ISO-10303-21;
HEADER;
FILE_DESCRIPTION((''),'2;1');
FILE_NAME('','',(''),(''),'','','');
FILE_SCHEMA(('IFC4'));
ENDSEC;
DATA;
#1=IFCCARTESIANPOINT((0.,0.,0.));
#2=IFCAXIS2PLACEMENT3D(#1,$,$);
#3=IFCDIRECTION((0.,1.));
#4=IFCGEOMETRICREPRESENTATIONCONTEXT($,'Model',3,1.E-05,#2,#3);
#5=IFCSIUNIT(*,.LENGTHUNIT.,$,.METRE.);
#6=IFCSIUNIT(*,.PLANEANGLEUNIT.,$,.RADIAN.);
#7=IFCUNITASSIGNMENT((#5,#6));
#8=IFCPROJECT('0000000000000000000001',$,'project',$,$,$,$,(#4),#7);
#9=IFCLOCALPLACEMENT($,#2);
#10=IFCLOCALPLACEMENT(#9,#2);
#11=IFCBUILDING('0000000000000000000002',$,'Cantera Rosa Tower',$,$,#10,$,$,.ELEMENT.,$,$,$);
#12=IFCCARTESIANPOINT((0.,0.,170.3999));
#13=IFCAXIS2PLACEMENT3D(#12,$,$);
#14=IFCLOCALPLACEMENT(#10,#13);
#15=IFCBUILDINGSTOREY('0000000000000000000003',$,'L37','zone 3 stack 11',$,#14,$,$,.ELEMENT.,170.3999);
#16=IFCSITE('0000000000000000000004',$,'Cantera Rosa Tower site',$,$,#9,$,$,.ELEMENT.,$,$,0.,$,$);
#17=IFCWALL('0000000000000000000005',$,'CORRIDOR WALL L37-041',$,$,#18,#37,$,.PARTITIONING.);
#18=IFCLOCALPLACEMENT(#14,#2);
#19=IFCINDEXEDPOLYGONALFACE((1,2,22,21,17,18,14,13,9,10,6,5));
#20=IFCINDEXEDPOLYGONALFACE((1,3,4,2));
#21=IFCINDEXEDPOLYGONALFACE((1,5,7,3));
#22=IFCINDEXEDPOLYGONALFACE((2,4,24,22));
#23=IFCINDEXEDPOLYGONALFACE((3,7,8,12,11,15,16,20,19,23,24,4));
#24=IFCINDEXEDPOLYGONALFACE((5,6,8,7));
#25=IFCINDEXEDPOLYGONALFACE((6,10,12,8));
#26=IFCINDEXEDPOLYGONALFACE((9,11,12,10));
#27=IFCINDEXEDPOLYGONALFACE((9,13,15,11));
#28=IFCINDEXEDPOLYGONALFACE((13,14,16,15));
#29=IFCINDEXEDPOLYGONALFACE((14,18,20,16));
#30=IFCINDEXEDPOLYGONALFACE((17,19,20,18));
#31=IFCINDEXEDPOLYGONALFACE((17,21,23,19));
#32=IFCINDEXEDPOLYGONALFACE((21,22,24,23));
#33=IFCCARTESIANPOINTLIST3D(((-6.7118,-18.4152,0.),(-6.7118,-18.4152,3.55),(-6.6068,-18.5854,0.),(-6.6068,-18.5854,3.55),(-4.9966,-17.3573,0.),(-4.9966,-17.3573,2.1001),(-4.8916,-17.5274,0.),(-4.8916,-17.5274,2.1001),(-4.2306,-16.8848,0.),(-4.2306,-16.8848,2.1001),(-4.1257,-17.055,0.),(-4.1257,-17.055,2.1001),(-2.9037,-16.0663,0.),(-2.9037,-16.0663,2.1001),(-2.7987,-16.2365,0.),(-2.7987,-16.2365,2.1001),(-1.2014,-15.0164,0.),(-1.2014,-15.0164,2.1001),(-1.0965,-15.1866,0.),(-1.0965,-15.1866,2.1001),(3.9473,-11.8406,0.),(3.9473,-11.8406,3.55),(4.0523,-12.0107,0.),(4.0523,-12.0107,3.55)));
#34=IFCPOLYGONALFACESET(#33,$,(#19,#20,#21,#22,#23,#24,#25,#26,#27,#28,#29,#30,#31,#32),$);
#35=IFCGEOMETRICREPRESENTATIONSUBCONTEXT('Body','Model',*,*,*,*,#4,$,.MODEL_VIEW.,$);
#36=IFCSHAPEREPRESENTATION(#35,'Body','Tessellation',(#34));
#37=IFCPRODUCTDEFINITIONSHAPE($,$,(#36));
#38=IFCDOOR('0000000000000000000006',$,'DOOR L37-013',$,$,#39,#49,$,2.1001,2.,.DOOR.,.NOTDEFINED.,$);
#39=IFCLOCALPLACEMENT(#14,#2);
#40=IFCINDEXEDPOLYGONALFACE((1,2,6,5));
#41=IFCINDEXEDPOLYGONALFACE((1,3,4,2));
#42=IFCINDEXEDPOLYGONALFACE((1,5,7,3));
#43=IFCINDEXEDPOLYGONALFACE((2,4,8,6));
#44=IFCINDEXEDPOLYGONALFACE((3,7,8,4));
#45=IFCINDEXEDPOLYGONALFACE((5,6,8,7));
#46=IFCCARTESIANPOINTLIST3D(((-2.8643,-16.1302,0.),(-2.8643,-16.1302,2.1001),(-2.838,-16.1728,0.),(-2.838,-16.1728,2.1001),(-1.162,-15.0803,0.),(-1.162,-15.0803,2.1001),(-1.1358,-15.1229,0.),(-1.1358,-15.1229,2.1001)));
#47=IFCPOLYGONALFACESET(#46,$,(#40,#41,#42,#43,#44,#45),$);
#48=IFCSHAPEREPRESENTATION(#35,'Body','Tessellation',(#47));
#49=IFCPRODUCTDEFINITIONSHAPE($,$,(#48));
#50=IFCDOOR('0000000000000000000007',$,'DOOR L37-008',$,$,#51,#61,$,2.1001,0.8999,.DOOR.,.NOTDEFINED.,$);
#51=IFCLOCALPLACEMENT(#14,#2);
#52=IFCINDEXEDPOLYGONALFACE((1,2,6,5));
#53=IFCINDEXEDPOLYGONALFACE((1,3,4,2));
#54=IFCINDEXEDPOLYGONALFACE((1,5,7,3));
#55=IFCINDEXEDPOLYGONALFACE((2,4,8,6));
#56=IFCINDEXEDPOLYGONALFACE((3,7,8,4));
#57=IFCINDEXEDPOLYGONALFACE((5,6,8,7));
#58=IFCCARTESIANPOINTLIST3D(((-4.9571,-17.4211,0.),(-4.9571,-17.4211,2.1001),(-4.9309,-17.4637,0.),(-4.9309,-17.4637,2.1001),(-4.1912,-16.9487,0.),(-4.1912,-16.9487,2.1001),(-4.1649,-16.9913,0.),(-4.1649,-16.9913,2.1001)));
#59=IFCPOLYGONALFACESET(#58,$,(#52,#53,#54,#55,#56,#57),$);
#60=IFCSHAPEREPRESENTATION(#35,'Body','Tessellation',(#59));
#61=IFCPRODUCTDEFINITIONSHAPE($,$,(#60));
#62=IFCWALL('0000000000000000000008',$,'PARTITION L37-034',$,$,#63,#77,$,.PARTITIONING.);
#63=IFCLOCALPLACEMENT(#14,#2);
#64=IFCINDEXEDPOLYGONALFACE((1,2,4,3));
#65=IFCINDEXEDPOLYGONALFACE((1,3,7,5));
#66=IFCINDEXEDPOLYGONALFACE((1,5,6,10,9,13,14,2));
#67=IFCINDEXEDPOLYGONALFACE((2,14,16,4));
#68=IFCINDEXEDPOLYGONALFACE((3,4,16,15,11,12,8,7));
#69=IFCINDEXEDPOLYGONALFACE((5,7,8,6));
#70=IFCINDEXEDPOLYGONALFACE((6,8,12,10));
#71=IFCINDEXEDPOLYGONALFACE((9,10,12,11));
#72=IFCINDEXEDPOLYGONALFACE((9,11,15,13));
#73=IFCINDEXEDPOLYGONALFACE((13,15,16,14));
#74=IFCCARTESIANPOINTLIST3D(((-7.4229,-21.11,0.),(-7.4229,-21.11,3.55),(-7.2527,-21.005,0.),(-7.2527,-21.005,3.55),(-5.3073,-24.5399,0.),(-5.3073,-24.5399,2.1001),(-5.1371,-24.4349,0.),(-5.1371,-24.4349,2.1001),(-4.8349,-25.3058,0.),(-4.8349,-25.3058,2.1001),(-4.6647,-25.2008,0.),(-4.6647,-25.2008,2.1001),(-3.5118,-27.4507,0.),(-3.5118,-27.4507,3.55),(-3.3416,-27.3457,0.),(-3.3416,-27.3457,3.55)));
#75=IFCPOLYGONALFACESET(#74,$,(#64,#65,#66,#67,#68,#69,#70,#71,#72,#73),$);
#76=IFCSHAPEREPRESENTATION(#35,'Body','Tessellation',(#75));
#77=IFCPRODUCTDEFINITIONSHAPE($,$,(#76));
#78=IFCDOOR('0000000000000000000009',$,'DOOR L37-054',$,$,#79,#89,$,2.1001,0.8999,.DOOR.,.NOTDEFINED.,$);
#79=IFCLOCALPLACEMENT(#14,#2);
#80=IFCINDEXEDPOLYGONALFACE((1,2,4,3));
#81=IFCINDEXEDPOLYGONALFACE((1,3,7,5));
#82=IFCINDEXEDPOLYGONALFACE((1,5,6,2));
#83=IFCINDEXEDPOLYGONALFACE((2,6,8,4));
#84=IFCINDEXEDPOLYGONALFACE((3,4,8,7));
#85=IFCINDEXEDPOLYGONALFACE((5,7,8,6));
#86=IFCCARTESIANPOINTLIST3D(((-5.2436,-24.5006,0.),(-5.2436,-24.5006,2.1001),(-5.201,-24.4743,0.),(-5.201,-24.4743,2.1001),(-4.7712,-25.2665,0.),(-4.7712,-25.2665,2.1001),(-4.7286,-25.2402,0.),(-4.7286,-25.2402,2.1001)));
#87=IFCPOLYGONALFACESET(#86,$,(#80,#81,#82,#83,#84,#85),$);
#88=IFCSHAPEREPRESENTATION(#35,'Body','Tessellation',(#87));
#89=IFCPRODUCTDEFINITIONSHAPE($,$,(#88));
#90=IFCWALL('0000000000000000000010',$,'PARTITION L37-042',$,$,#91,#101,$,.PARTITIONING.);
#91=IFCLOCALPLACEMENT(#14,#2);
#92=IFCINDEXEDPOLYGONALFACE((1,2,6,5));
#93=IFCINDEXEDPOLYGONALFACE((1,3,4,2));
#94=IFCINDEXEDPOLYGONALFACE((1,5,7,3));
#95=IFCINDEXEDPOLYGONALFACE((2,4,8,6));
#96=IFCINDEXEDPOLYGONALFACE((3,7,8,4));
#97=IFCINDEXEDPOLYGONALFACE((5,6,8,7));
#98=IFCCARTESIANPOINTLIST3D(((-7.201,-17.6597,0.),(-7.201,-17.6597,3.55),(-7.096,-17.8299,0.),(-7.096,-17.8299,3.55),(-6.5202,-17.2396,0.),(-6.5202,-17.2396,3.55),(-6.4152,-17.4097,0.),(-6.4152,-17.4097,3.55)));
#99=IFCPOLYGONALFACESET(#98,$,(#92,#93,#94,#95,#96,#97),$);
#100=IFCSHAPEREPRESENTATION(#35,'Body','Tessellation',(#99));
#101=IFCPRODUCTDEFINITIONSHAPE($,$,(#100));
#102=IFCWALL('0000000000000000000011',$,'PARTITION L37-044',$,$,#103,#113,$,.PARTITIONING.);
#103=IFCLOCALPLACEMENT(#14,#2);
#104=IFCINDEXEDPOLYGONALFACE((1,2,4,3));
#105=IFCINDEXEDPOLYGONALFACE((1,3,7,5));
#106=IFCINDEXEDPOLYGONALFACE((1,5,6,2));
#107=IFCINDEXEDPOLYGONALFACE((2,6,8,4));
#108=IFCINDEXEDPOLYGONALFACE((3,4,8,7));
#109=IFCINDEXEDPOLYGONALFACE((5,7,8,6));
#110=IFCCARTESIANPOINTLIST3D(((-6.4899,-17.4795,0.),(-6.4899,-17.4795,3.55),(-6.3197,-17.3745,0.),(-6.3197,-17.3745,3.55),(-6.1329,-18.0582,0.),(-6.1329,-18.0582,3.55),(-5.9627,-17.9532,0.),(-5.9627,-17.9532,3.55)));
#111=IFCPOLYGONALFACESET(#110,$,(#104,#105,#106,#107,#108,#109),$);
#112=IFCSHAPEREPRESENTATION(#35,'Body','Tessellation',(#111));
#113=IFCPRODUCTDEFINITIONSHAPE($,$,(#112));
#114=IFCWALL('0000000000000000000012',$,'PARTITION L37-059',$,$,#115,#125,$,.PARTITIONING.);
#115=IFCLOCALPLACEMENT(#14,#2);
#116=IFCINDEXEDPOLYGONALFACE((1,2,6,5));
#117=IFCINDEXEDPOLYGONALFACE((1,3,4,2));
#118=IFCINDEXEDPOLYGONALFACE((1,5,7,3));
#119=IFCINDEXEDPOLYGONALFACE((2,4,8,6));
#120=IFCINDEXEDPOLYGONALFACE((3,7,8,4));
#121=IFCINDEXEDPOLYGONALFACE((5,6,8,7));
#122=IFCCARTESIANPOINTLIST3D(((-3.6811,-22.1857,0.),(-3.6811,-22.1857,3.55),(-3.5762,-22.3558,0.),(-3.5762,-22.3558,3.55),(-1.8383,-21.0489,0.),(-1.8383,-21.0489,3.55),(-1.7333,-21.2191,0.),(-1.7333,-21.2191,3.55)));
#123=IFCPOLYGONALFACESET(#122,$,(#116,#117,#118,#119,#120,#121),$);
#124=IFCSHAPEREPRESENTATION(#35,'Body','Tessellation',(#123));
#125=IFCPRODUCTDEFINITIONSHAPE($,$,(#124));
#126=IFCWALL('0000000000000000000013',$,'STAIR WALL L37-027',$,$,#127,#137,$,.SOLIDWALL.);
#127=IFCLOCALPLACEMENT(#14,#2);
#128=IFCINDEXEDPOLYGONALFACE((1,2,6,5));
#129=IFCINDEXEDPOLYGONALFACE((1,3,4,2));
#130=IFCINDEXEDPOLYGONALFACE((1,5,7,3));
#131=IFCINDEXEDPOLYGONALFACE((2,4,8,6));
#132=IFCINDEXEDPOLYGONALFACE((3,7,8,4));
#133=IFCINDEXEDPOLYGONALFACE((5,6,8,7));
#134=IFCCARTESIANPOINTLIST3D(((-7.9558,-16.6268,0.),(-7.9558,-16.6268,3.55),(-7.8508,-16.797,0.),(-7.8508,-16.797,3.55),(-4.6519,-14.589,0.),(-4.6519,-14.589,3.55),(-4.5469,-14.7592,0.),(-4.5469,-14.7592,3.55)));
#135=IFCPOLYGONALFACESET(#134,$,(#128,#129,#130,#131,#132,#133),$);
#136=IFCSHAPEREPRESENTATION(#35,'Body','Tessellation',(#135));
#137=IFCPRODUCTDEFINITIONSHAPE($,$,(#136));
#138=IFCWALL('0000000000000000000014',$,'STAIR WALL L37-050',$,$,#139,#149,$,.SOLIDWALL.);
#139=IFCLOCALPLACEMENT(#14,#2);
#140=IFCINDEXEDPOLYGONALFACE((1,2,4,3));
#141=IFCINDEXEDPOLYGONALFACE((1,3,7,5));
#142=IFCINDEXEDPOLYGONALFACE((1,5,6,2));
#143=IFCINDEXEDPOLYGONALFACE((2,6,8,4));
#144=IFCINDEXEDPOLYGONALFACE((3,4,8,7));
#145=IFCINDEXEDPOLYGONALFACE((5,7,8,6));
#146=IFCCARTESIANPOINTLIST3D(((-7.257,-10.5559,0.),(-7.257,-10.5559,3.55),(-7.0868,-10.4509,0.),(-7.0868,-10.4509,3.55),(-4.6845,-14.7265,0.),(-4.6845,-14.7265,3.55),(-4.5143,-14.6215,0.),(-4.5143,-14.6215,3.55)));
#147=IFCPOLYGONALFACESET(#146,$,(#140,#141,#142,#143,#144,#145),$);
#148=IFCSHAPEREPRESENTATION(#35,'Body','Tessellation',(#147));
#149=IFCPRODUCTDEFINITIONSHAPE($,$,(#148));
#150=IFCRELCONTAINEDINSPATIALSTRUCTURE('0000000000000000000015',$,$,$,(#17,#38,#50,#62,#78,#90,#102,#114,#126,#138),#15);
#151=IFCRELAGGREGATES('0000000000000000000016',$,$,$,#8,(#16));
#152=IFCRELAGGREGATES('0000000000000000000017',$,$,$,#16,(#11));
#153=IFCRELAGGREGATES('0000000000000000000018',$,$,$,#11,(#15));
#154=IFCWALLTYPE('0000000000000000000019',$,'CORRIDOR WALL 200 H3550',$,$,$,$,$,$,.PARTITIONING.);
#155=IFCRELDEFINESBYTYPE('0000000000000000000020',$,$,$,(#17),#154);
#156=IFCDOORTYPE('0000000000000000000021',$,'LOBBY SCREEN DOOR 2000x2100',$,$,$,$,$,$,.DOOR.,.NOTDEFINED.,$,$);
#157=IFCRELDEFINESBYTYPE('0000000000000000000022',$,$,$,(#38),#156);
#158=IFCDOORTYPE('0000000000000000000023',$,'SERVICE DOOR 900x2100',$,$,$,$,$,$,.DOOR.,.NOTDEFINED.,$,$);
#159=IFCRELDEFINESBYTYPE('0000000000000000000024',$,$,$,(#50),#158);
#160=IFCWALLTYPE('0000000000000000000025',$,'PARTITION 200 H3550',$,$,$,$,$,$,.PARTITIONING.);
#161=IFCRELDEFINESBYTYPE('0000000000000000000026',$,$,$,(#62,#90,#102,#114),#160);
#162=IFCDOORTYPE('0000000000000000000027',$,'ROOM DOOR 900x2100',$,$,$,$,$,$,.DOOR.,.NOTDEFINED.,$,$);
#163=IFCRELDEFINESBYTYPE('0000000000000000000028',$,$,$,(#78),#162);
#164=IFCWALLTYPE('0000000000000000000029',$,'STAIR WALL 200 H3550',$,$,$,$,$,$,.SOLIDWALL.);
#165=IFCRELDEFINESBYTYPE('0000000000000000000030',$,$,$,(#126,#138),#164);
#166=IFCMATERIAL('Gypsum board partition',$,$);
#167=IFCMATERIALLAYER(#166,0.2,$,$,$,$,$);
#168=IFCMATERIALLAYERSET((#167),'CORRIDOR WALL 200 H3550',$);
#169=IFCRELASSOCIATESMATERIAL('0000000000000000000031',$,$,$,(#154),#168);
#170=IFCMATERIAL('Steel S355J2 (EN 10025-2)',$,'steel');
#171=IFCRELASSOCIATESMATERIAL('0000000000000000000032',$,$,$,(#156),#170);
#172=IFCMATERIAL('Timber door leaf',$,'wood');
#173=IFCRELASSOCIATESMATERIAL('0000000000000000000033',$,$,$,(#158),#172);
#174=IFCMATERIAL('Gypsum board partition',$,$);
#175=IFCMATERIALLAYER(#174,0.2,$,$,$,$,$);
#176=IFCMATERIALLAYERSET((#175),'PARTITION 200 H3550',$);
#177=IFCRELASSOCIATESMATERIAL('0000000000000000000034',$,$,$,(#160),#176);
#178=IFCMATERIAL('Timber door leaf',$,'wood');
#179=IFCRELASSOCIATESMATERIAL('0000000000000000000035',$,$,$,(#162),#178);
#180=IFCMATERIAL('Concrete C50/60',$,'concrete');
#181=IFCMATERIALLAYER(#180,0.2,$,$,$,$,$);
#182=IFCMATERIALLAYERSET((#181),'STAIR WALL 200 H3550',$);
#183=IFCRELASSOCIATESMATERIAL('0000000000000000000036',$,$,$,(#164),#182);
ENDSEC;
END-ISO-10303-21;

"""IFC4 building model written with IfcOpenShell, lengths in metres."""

from ifc_helpers import new_model, si_unit, direction, frame, frame_2d, origin, place, context, subcontext, project, spatial, rectangle, extrude, material, layer, layer_set, type_object, element, fill, save


model = new_model("IFC4")

# Units and contexts
model_context = context("Model", 3, precision=1e-05, world=origin(), true_north=direction((0.0, 1.0)))
body_context = subcontext(model_context, "Body", "Model", "MODEL_VIEW")
ifc_project = project(units=[si_unit("LENGTHUNIT", "METRE"), si_unit("PLANEANGLEUNIT", "RADIAN")], contexts=[model_context])

# Site, building, storey
site_placement = place(None, origin())
site = spatial("IfcSite", under=ifc_project, at=site_placement, Name="Cantera Rosa Tower site", CompositionType="ELEMENT", RefElevation=0.0)
building_placement = place(site_placement, origin())
building = spatial("IfcBuilding", under=site, at=building_placement, Name="Cantera Rosa Tower", CompositionType="ELEMENT")
storey_placement = place(building_placement, frame((0.0, 0.0, 170.3999)))
storey = spatial("IfcBuildingStorey", under=building, at=storey_placement, Name="L37", Description="zone 3 stack 11", CompositionType="ELEMENT", Elevation=170.3999)

# Shared definitions
ifc_material_1 = material(Name="Gypsum board partition")
ifc_layer_1 = layer(ifc_material_1, 0.2)
ifc_layer_set_1 = layer_set([ifc_layer_1], Name="CORRIDOR WALL 200 H3550")
wall_type_1 = type_object("IfcWallType", Name="CORRIDOR WALL 200 H3550", PredefinedType="PARTITIONING", material=ifc_layer_set_1)

# Wall, openings, doors
wall_1_placement = place(storey_placement, frame((-6.6592, -18.5002, 0.0), z_axis=(0.0, 0.0, 1.0), x_axis=(0.851116, 0.524978, 0.0)))
wall_1 = element("IfcWall", 1, at=wall_1_placement, inside=storey, type_object=wall_type_1, Name="CORRIDOR WALL L37-041", PredefinedType="PARTITIONING", context=body_context, shape_type="SweptSolid", body=[
    extrude(rectangle(XDim=12.5237, YDim=0.2, at=frame_2d((6.2617, 0.0))), origin(), (0.0, 0.0, 1.0), 3.55),
])
opening_1_placement = place(wall_1_placement, frame((2.0151, 0.0, 0.0)))
opening_1 = element("IfcOpeningElement", 2, at=opening_1_placement, cuts=wall_1, PredefinedType="OPENING", context=body_context, shape_type="SweptSolid", body=[
    extrude(rectangle(XDim=0.8999, YDim=2.1001, at=frame_2d((0.45, 1.05))), frame((0.0, 0.1099, 0.0), z_axis=(0.0, -1.0, 0.0), x_axis=(1.0, 0.0, 0.0)), (0.0, 0.0, 1.0), 0.22),
])
opening_2_placement = place(wall_1_placement, frame((4.4741, 0.0, 0.0)))
opening_2 = element("IfcOpeningElement", 3, at=opening_2_placement, cuts=wall_1, PredefinedType="OPENING", context=body_context, shape_type="SweptSolid", body=[
    extrude(rectangle(XDim=2.0, YDim=2.1001, at=frame_2d((1.0, 1.05))), frame((0.0, 0.1099, 0.0), z_axis=(0.0, -1.0, 0.0), x_axis=(1.0, 0.0, 0.0)), (0.0, 0.0, 1.0), 0.22),
])
ifc_material_2 = material(Name="Steel S355J2 (EN 10025-2)", Category="steel")
door_type_1 = type_object("IfcDoorType", Name="LOBBY SCREEN DOOR 2000x2100", OperationType="NOTDEFINED", PredefinedType="DOOR", material=ifc_material_2)
door_1_placement = place(opening_2_placement, origin())
door_1 = element("IfcDoor", 4, at=door_1_placement, inside=storey, type_object=door_type_1, Name="DOOR L37-013", OperationType="NOTDEFINED", OverallHeight=2.1001, OverallWidth=2.0, PredefinedType="DOOR", context=body_context, shape_type="SweptSolid", body=[
    extrude(rectangle(XDim=2.0, YDim=2.1001, at=frame_2d((1.0, 1.05))), frame((0.0, 0.0249, 0.0), z_axis=(0.0, -1.0, 0.0), x_axis=(1.0, 0.0, 0.0)), (0.0, 0.0, 1.0), 0.05),
])
fill(opening_2, door_1)
ifc_material_3 = material(Name="Timber door leaf", Category="wood")
door_type_2 = type_object("IfcDoorType", Name="SERVICE DOOR 900x2100", OperationType="NOTDEFINED", PredefinedType="DOOR", material=ifc_material_3)
door_2_placement = place(opening_1_placement, origin())
door_2 = element("IfcDoor", 5, at=door_2_placement, inside=storey, type_object=door_type_2, Name="DOOR L37-008", OperationType="NOTDEFINED", OverallHeight=2.1001, OverallWidth=0.8999, PredefinedType="DOOR", context=body_context, shape_type="SweptSolid", body=[
    extrude(rectangle(XDim=0.8999, YDim=2.1001, at=frame_2d((0.45, 1.05))), frame((0.0, 0.0249, 0.0), z_axis=(0.0, -1.0, 0.0), x_axis=(1.0, 0.0, 0.0)), (0.0, 0.0, 1.0), 0.05),
])
fill(opening_1, door_2)

# Wall, opening, door
ifc_material_4 = material(Name="Gypsum board partition")
ifc_layer_2 = layer(ifc_material_4, 0.2)
ifc_layer_set_2 = layer_set([ifc_layer_2], Name="PARTITION 200 H3550")
wall_type_2 = type_object("IfcWallType", Name="PARTITION 200 H3550", PredefinedType="PARTITIONING", material=ifc_layer_set_2)
wall_2_placement = place(storey_placement, frame((-7.3379, -21.0574, 0.0), z_axis=(0.0, 0.0, 1.0), x_axis=(0.524982, -0.851113, 0.0)))
wall_2 = element("IfcWall", 6, at=wall_2_placement, inside=storey, type_object=wall_type_2, Name="PARTITION L37-034", PredefinedType="PARTITIONING", context=body_context, shape_type="SweptSolid", body=[
    extrude(rectangle(XDim=7.45, YDim=0.2, at=frame_2d((3.7251, 0.0))), origin(), (0.0, 0.0, 1.0), 3.55),
])
opening_3_placement = place(wall_2_placement, frame((4.03, 0.0, 0.0)))
opening_3 = element("IfcOpeningElement", 7, at=opening_3_placement, cuts=wall_2, PredefinedType="OPENING", context=body_context, shape_type="SweptSolid", body=[
    extrude(rectangle(XDim=0.8999, YDim=2.1001, at=frame_2d((0.45, 1.05))), frame((0.0, 0.1099, 0.0), z_axis=(0.0, -1.0, 0.0), x_axis=(1.0, 0.0, 0.0)), (0.0, 0.0, 1.0), 0.22),
])
ifc_material_5 = material(Name="Timber door leaf", Category="wood")
door_type_3 = type_object("IfcDoorType", Name="ROOM DOOR 900x2100", OperationType="NOTDEFINED", PredefinedType="DOOR", material=ifc_material_5)
door_3_placement = place(opening_3_placement, origin())
door_3 = element("IfcDoor", 8, at=door_3_placement, inside=storey, type_object=door_type_3, Name="DOOR L37-054", OperationType="NOTDEFINED", OverallHeight=2.1001, OverallWidth=0.8999, PredefinedType="DOOR", context=body_context, shape_type="SweptSolid", body=[
    extrude(rectangle(XDim=0.8999, YDim=2.1001, at=frame_2d((0.45, 1.05))), frame((0.0, 0.0249, 0.0), z_axis=(0.0, -1.0, 0.0), x_axis=(1.0, 0.0, 0.0)), (0.0, 0.0, 1.0), 0.05),
])
fill(opening_3, door_3)

# Walls
wall_3_placement = place(storey_placement, frame((-6.4678, -17.3247, 0.0), z_axis=(0.0, 0.0, 1.0), x_axis=(-0.851019, -0.525136, 0.0)))
element("IfcWall", 9, at=wall_3_placement, inside=storey, type_object=wall_type_2, Name="PARTITION L37-042", PredefinedType="PARTITIONING", context=body_context, shape_type="SweptSolid", body=[
    extrude(rectangle(XDim=0.8, YDim=0.2, at=frame_2d((0.3999, 0.0))), origin(), (0.0, 0.0, 1.0), 3.55),
])
wall_4_placement = place(storey_placement, frame((-6.0479, -18.0056, 0.0), z_axis=(0.0, 0.0, 1.0), x_axis=(-0.525019, 0.851091, 0.0)))
element("IfcWall", 10, at=wall_4_placement, inside=storey, type_object=wall_type_2, Name="PARTITION L37-044", PredefinedType="PARTITIONING", context=body_context, shape_type="SweptSolid", body=[
    extrude(rectangle(XDim=0.6799, YDim=0.2, at=frame_2d((0.3398, 0.0))), origin(), (0.0, 0.0, 1.0), 3.55),
])
wall_5_placement = place(storey_placement, frame((-1.7859, -21.134, 0.0), z_axis=(0.0, 0.0, 1.0), x_axis=(-0.8511, -0.525003, 0.0)))
element("IfcWall", 11, at=wall_5_placement, inside=storey, type_object=wall_type_2, Name="PARTITION L37-059", PredefinedType="PARTITIONING", context=body_context, shape_type="SweptSolid", body=[
    extrude(rectangle(XDim=2.1653, YDim=0.2, at=frame_2d((1.0825, 0.0))), origin(), (0.0, 0.0, 1.0), 3.55),
])
ifc_material_6 = material(Name="Concrete C50/60", Category="concrete")
ifc_layer_3 = layer(ifc_material_6, 0.2)
ifc_layer_set_3 = layer_set([ifc_layer_3], Name="STAIR WALL 200 H3550")
wall_type_3 = type_object("IfcWallType", Name="STAIR WALL 200 H3550", PredefinedType="SOLIDWALL", material=ifc_layer_set_3)
wall_6_placement = place(storey_placement, frame((-7.9033, -16.7119, 0.0), z_axis=(0.0, 0.0, 1.0), x_axis=(0.851125, 0.524964, 0.0)))
element("IfcWall", 12, at=wall_6_placement, inside=storey, type_object=wall_type_3, Name="STAIR WALL L37-027", PredefinedType="SOLIDWALL", context=body_context, shape_type="SweptSolid", body=[
    extrude(rectangle(XDim=3.8818, YDim=0.2, at=frame_2d((1.9409, 0.0))), origin(), (0.0, 0.0, 1.0), 3.55),
])
wall_7_placement = place(storey_placement, frame((-4.5994, -14.6741, 0.0), z_axis=(0.0, 0.0, 1.0), x_axis=(-0.524978, 0.851116, 0.0)))
element("IfcWall", 13, at=wall_7_placement, inside=storey, type_object=wall_type_3, Name="STAIR WALL L37-050", PredefinedType="SOLIDWALL", context=body_context, shape_type="SweptSolid", body=[
    extrude(rectangle(XDim=4.9001, YDim=0.2, at=frame_2d((2.4502, 0.0))), origin(), (0.0, 0.0, 1.0), 3.55),
])

save(model, "model.ifc")
